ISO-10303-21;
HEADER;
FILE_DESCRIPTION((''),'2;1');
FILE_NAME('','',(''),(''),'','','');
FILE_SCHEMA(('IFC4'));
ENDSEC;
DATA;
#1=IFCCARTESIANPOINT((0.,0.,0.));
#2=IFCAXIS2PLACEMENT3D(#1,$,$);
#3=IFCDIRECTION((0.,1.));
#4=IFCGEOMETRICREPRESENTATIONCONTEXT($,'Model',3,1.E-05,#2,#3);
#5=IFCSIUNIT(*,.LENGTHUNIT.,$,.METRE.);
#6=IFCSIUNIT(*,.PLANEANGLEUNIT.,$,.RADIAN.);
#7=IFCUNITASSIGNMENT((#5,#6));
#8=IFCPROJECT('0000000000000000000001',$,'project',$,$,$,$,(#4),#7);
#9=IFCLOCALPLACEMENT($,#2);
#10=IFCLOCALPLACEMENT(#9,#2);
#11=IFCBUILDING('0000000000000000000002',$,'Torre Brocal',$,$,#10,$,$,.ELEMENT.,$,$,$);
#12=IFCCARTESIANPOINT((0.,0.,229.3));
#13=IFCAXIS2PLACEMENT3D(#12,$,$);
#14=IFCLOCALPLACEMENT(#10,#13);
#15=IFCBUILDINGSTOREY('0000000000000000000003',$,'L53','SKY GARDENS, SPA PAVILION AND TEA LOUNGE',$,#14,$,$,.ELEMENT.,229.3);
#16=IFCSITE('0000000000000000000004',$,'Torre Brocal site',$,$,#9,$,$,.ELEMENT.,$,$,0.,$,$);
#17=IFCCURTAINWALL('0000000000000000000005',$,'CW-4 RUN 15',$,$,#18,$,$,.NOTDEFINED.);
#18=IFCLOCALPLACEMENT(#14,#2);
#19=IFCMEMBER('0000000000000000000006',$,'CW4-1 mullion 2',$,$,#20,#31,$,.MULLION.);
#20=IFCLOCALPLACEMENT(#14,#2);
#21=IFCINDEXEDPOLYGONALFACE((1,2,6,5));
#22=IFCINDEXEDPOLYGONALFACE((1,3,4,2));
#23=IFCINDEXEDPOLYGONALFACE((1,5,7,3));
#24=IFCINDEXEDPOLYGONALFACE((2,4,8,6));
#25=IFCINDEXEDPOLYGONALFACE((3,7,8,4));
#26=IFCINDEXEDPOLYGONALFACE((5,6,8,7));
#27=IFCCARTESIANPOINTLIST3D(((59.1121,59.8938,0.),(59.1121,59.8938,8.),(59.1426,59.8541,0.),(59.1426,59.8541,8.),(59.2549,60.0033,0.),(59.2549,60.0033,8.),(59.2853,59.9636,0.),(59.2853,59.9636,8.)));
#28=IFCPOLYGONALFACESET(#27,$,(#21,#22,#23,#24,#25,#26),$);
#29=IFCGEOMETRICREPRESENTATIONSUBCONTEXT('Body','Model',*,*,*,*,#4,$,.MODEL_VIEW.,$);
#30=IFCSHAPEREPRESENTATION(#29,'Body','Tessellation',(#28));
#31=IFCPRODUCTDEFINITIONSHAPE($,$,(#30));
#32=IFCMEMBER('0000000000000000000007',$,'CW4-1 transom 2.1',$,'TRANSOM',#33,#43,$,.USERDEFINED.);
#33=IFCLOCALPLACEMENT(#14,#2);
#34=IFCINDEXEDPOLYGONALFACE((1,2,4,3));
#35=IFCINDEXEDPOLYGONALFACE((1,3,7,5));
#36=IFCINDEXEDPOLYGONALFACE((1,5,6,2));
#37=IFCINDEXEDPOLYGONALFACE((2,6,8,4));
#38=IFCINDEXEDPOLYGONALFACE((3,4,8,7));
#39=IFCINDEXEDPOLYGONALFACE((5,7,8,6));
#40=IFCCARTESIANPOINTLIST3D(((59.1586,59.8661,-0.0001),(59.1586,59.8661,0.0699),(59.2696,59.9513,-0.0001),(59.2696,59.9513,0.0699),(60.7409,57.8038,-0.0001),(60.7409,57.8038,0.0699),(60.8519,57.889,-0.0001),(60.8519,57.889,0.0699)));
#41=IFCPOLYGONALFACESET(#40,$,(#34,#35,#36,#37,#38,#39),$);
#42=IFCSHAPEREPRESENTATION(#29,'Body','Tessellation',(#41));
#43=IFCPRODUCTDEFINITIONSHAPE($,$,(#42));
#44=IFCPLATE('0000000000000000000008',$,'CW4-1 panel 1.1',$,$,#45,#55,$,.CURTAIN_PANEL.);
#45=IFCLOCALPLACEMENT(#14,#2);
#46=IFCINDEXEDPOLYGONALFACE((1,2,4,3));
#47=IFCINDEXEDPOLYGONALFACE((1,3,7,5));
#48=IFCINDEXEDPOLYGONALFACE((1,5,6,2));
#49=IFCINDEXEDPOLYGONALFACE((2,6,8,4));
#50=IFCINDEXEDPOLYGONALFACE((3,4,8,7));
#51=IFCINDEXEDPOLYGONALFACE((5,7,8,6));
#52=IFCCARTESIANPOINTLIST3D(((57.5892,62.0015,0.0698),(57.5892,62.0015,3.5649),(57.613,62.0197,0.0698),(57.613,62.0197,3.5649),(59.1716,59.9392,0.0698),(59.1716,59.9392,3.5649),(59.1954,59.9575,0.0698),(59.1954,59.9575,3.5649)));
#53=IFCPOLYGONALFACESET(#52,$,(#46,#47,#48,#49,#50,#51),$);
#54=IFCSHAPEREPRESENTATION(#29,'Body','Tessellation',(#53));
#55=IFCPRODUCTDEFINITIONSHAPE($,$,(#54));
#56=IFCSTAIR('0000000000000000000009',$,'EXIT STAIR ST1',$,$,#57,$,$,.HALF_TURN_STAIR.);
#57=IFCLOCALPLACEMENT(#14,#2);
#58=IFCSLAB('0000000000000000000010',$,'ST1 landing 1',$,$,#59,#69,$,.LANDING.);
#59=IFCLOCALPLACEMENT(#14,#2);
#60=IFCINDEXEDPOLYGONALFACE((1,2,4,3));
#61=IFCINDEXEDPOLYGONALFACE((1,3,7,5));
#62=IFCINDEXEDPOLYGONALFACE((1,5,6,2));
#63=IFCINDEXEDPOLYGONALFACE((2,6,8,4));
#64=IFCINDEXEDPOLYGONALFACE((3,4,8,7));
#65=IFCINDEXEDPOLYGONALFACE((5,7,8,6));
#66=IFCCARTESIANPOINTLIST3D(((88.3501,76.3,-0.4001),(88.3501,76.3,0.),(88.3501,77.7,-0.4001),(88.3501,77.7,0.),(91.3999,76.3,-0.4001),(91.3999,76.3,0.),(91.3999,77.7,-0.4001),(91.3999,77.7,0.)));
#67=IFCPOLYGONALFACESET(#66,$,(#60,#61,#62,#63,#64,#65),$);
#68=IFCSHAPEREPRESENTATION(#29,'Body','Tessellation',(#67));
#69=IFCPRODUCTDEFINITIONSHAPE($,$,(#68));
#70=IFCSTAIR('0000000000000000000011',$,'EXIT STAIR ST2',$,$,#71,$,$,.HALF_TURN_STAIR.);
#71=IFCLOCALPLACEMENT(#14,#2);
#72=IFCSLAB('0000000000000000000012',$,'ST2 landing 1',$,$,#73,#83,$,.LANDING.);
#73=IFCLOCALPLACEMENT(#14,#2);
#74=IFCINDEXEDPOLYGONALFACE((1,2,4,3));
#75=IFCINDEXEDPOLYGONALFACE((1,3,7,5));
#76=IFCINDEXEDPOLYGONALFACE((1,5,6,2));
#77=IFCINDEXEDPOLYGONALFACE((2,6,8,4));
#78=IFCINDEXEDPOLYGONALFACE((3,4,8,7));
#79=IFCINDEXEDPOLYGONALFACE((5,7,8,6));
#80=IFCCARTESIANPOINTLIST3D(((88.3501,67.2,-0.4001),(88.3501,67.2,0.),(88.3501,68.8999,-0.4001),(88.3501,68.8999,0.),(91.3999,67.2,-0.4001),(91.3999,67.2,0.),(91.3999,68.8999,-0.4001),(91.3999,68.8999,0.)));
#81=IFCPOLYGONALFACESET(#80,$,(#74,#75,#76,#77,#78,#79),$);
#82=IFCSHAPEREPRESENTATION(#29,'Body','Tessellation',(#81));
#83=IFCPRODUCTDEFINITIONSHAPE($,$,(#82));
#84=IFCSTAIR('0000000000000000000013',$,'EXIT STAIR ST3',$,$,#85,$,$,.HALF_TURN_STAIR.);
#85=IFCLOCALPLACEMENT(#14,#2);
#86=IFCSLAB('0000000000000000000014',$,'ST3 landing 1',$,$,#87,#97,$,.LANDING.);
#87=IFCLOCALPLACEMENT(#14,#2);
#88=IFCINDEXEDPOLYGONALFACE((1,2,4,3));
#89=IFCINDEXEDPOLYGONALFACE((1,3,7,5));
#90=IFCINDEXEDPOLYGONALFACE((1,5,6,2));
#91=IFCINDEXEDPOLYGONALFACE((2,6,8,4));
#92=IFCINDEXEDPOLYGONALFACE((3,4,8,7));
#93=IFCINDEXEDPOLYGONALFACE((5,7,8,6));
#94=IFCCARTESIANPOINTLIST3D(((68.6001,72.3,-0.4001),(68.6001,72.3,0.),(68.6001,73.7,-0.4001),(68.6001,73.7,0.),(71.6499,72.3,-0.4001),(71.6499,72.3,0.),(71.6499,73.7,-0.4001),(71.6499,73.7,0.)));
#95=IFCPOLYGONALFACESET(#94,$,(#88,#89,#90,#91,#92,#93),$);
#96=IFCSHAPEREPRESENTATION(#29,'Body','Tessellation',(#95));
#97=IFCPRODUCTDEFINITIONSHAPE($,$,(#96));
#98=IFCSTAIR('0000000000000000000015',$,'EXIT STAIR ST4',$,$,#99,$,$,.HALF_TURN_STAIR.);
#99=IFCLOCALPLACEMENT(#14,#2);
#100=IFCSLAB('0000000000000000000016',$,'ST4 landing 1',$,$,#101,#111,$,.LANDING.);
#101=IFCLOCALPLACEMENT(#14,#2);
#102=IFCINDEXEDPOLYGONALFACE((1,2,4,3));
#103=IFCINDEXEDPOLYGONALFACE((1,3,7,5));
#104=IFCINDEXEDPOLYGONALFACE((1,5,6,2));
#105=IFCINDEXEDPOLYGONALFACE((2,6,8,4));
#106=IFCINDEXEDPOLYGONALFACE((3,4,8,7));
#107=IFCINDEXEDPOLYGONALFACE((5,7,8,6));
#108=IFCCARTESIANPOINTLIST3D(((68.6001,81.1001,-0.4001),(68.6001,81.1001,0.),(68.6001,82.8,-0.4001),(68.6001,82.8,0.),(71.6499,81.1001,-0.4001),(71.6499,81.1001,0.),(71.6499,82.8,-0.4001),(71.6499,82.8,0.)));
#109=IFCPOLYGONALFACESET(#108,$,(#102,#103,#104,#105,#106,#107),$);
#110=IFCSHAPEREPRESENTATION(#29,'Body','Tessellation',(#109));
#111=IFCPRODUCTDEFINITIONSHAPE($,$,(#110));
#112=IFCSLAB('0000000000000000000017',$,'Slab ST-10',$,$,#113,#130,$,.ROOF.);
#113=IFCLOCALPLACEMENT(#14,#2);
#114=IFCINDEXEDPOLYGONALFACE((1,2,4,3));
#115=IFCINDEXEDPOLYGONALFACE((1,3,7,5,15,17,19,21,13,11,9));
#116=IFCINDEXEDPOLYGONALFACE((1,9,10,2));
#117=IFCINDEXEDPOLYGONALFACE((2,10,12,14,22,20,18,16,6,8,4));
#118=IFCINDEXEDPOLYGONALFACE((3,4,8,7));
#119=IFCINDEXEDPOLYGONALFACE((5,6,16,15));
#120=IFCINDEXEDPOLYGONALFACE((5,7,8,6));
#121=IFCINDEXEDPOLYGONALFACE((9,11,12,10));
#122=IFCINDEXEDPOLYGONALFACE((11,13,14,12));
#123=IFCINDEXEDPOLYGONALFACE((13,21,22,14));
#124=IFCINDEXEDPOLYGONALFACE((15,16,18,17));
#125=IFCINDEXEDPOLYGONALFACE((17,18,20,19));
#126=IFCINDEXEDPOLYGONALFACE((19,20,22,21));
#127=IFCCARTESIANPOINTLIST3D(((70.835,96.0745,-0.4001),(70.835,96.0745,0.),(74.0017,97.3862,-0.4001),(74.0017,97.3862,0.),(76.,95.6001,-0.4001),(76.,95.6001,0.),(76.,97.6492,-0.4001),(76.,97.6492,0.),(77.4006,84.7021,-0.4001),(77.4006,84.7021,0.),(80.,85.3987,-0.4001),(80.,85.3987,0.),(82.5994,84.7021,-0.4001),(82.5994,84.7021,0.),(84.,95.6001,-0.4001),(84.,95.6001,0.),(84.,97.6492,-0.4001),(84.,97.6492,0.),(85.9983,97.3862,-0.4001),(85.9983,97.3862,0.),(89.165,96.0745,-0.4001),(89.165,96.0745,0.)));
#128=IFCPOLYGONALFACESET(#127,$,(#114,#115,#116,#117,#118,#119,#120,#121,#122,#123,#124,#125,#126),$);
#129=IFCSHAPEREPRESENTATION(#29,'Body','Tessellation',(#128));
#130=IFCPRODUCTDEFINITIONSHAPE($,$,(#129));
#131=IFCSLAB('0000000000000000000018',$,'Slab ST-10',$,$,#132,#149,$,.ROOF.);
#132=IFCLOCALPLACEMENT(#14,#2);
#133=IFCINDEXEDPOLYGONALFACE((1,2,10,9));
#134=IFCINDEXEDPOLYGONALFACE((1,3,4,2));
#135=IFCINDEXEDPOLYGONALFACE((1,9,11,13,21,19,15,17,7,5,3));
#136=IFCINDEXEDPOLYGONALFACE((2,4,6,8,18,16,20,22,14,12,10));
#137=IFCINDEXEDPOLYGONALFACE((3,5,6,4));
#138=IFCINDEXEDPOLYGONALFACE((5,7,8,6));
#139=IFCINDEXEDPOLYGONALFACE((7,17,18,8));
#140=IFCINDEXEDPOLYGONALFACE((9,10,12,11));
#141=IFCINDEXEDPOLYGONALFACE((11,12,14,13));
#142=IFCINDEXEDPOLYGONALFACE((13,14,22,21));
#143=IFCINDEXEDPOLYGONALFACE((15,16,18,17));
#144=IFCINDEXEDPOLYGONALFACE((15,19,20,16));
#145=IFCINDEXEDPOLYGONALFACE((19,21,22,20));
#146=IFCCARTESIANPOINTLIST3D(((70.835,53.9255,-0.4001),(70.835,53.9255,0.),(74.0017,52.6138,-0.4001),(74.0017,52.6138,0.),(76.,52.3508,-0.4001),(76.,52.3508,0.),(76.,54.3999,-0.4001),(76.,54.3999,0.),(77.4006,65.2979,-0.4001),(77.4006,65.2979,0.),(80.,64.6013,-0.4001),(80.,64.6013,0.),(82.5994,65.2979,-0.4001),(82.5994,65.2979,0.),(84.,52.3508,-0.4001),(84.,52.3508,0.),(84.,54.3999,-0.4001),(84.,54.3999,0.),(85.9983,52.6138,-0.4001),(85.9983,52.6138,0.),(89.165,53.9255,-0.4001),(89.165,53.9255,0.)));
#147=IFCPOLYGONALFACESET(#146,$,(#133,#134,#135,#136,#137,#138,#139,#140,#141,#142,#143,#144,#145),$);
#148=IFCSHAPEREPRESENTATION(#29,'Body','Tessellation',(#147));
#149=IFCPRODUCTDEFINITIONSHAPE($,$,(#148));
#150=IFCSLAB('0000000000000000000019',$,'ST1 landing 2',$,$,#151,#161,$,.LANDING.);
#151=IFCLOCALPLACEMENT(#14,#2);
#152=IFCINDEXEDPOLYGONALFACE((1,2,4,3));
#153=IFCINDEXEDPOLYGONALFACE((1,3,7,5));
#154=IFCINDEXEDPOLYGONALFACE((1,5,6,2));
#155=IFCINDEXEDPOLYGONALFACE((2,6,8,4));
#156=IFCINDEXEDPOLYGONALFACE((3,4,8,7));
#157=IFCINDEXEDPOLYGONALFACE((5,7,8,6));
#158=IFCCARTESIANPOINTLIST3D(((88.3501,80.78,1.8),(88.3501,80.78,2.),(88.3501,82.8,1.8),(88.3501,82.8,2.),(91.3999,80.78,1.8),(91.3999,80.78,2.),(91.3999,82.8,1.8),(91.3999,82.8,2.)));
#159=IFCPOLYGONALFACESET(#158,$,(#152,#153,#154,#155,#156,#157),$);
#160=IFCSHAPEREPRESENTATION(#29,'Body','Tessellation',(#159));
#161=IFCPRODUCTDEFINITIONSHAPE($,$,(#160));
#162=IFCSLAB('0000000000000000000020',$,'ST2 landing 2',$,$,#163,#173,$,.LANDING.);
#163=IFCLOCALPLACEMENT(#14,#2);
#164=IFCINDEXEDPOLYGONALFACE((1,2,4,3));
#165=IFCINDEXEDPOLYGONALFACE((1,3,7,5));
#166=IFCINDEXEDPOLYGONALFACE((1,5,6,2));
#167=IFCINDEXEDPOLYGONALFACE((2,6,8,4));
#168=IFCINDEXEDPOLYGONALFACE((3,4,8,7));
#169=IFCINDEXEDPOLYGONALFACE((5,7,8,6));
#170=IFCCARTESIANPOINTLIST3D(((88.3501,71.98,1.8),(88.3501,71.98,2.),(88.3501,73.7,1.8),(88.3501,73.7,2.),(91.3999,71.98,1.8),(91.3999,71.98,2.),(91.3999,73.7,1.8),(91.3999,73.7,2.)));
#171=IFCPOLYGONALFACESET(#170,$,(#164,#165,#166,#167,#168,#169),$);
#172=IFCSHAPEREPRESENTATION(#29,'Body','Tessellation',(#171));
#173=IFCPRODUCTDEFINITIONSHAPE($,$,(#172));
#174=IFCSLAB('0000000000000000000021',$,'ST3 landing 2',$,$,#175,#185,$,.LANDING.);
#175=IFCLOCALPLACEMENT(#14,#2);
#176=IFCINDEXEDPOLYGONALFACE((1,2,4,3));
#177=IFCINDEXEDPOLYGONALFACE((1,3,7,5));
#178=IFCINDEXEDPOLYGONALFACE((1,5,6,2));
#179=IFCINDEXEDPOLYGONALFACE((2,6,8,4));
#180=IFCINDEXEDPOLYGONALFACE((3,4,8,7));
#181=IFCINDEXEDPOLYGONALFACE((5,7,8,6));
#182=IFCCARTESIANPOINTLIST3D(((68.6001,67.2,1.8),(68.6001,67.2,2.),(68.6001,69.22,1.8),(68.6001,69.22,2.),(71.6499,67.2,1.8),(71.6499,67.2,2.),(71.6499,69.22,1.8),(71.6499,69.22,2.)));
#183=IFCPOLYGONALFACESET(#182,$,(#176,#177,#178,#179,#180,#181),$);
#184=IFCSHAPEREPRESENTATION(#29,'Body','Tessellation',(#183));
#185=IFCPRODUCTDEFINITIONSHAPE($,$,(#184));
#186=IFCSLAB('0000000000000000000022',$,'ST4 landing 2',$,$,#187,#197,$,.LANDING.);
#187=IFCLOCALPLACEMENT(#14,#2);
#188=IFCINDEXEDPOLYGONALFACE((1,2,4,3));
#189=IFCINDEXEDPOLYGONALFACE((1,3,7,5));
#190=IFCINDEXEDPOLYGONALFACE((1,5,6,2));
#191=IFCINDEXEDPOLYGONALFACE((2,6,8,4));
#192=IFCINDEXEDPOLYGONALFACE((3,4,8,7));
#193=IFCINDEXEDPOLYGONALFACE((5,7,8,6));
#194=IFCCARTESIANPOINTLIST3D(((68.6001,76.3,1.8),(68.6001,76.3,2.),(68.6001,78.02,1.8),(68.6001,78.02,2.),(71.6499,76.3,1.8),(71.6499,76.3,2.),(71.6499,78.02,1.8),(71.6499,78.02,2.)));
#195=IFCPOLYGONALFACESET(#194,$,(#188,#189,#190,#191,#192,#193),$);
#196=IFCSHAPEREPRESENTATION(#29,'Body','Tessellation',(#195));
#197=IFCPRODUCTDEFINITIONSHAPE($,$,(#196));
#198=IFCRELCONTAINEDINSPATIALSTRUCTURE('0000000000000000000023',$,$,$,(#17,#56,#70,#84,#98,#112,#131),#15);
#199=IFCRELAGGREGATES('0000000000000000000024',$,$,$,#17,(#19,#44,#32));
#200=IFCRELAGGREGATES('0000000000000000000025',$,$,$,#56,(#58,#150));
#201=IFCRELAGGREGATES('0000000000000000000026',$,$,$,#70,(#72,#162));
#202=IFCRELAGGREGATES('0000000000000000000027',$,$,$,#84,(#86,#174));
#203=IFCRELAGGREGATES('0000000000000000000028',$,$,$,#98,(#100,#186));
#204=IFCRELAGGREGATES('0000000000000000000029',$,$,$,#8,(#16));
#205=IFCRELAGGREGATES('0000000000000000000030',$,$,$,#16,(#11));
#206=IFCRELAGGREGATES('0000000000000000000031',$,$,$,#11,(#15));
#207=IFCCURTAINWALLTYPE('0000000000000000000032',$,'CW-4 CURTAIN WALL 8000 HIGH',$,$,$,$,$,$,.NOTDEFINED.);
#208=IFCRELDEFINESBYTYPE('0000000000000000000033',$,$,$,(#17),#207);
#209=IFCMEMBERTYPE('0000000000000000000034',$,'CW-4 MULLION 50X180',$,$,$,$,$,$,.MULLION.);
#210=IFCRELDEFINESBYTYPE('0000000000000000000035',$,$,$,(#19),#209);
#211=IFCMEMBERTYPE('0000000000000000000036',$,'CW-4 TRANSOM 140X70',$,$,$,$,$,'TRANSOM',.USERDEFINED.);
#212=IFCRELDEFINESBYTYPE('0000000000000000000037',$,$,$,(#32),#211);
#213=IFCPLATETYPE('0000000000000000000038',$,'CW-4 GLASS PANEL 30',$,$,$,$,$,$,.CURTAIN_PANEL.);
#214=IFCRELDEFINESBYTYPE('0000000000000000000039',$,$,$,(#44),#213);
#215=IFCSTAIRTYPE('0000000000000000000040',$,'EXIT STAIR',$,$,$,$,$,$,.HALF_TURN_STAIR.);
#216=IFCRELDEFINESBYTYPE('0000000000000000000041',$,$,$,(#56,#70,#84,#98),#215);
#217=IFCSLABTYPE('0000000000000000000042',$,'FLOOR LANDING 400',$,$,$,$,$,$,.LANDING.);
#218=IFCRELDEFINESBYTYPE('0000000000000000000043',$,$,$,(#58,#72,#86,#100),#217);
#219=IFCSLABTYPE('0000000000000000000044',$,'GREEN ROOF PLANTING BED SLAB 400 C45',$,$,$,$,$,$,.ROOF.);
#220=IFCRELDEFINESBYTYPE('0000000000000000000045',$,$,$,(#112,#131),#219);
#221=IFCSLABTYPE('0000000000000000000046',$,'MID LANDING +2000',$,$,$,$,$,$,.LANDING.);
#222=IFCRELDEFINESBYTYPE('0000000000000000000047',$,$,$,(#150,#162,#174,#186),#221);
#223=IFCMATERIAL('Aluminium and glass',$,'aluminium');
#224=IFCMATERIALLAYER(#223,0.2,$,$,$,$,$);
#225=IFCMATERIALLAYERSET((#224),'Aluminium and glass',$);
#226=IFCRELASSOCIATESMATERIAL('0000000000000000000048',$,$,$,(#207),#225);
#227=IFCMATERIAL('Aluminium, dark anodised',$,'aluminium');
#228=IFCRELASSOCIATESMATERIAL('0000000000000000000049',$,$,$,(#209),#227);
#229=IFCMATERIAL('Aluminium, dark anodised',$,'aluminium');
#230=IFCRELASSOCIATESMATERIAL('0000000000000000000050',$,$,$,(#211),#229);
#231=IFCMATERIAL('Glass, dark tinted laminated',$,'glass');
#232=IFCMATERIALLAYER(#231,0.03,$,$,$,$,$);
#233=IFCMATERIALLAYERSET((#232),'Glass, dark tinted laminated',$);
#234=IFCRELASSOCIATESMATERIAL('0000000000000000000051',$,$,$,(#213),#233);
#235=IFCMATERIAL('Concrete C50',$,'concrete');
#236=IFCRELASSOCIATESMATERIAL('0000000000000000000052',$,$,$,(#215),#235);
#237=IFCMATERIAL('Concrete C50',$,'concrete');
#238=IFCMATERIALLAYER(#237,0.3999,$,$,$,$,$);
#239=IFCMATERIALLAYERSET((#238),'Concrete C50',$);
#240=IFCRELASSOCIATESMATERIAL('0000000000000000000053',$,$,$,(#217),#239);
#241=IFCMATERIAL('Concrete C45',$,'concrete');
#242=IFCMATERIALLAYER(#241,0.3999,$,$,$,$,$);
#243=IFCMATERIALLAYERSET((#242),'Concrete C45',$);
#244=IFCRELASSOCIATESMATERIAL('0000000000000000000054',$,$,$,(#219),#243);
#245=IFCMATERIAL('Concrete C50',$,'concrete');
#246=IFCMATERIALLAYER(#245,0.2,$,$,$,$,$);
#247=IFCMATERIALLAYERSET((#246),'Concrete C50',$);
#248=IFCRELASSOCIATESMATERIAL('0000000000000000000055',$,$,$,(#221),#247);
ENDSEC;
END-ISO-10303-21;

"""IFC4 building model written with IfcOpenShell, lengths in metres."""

from ifc_helpers import new_model, si_unit, direction, frame, origin, origin_2d, place, context, subcontext, project, spatial, polyline, rectangle, outline, extrude, material, layer, layer_set, material_profile, profile_set, type_object, element, aggregate, save


model = new_model("IFC4")

# Units and contexts
model_context = context("Model", 3, precision=1e-05, world=origin(), true_north=direction((0.0, 1.0)))
body_context = subcontext(model_context, "Body", "Model", "MODEL_VIEW")
ifc_project = project(units=[si_unit("LENGTHUNIT", "METRE"), si_unit("PLANEANGLEUNIT", "RADIAN")], contexts=[model_context])

# Site, building, storey
site_placement = place(None, origin())
site = spatial("IfcSite", under=ifc_project, at=site_placement, Name="Torre Brocal site", CompositionType="ELEMENT", RefElevation=0.0)
building_placement = place(site_placement, origin())
building = spatial("IfcBuilding", under=site, at=building_placement, Name="Torre Brocal", CompositionType="ELEMENT")
storey_placement = place(building_placement, frame((0.0, 0.0, 229.3)))
storey = spatial("IfcBuildingStorey", under=building, at=storey_placement, Name="L53", Description="SKY GARDENS, SPA PAVILION AND TEA LOUNGE", CompositionType="ELEMENT", Elevation=229.3)

# Curtain wall, members, plate
ifc_material_1 = material(Name="Aluminium and glass", Category="aluminium")
ifc_layer_1 = layer(ifc_material_1, 0.2)
ifc_layer_set_1 = layer_set([ifc_layer_1], Name="Aluminium and glass")
curtain_wall_type = type_object("IfcCurtainWallType", Name="CW-4 CURTAIN WALL 8000 HIGH", PredefinedType="NOTDEFINED", material=ifc_layer_set_1)
curtain_wall_placement = place(storey_placement, origin())
curtain_wall = element("IfcCurtainWall", 1, at=curtain_wall_placement, inside=storey, type_object=curtain_wall_type, Name="CW-4 RUN 15", PredefinedType="NOTDEFINED")
ifc_material_2 = material(Name="Aluminium, dark anodised", Category="aluminium")
ifc_material_profile_1 = material_profile(ifc_material_2, rectangle(XDim=0.1799, YDim=0.05, at=origin_2d()), Name="CW-4 MULLION 50X180")
ifc_profile_set_1 = profile_set([ifc_material_profile_1], Name="Aluminium, dark anodised")
member_type_1 = type_object("IfcMemberType", Name="CW-4 MULLION 50X180", PredefinedType="MULLION", material=ifc_profile_set_1)
member_1_placement = place(storey_placement, frame((59.1987, 59.9287, 0.0), z_axis=(0.0, 0.0, 1.0), x_axis=(0.793353, 0.608761, 0.0)))
member_1 = element("IfcMember", 2, at=member_1_placement, type_object=member_type_1, Name="CW4-1 mullion 2", PredefinedType="MULLION", context=body_context, shape_type="SweptSolid", body=[
    extrude(rectangle(XDim=0.1799, YDim=0.05, at=origin_2d()), origin(), (0.0, 0.0, 1.0), 8.0),
])
ifc_material_3 = material(Name="Aluminium, dark anodised", Category="aluminium")
ifc_material_profile_2 = material_profile(ifc_material_3, rectangle(XDim=0.1399, YDim=0.0701, at=origin_2d()), Name="CW-4 TRANSOM 140X70")
ifc_profile_set_2 = profile_set([ifc_material_profile_2], Name="Aluminium, dark anodised")
member_type_2 = type_object("IfcMemberType", Name="CW-4 TRANSOM 140X70", ElementType="TRANSOM", PredefinedType="USERDEFINED", material=ifc_profile_set_2)
member_2_placement = place(storey_placement, frame((59.2141, 59.9087, 0.0349), z_axis=(0.608725, -0.793381, 0.0), x_axis=(0.793381, 0.608725, 0.0)))
member_2 = element("IfcMember", 3, at=member_2_placement, type_object=member_type_2, Name="CW4-1 transom 2.1", ObjectType="TRANSOM", PredefinedType="USERDEFINED", context=body_context, shape_type="SweptSolid", body=[
    extrude(rectangle(XDim=0.1399, YDim=0.0701, at=origin_2d()), origin(), (0.0, 0.0, 1.0), 2.5994),
])
ifc_material_4 = material(Name="Glass, dark tinted laminated", Category="glass")
ifc_layer_2 = layer(ifc_material_4, 0.03)
ifc_layer_set_2 = layer_set([ifc_layer_2], Name="Glass, dark tinted laminated")
plate_type = type_object("IfcPlateType", Name="CW-4 GLASS PANEL 30", PredefinedType="CURTAIN_PANEL", material=ifc_layer_set_2)
plate_placement = place(storey_placement, frame((58.3923, 60.9795, 0.0698), z_axis=(0.0, 0.0, 1.0), x_axis=(0.608761, -0.793353, 0.0)))
plate = element("IfcPlate", 4, at=plate_placement, type_object=plate_type, Name="CW4-1 panel 1.1", PredefinedType="CURTAIN_PANEL", context=body_context, shape_type="SweptSolid", body=[
    extrude(rectangle(XDim=2.5994, YDim=0.03, at=origin_2d()), origin(), (0.0, 0.0, 1.0), 3.4951),
])
aggregate(curtain_wall, [member_1, plate, member_2])

# Stairs, slabs
ifc_material_5 = material(Name="Concrete C50", Category="concrete")
stair_type = type_object("IfcStairType", Name="EXIT STAIR", PredefinedType="HALF_TURN_STAIR", material=ifc_material_5)
stair_1_placement = place(storey_placement, origin())
stair_1 = element("IfcStair", 5, at=stair_1_placement, inside=storey, type_object=stair_type, Name="EXIT STAIR ST1", PredefinedType="HALF_TURN_STAIR")
ifc_material_6 = material(Name="Concrete C50", Category="concrete")
ifc_layer_3 = layer(ifc_material_6, 0.3999)
ifc_layer_set_3 = layer_set([ifc_layer_3], Name="Concrete C50")
slab_type_1 = type_object("IfcSlabType", Name="FLOOR LANDING 400", PredefinedType="LANDING", material=ifc_layer_set_3)
slab_1_placement = place(storey_placement, frame((0.0, 0.0, -0.4001)))
slab_1 = element("IfcSlab", 6, at=slab_1_placement, type_object=slab_type_1, Name="ST1 landing 1", PredefinedType="LANDING", context=body_context, shape_type="SweptSolid", body=[
    extrude(outline(polyline([(88.3501, 76.3), (91.3999, 76.3), (91.3999, 77.7), (88.3501, 77.7), (88.3501, 76.3)])), origin(), (0.0, 0.0, 1.0), 0.4001),
])
stair_2_placement = place(storey_placement, origin())
stair_2 = element("IfcStair", 7, at=stair_2_placement, inside=storey, type_object=stair_type, Name="EXIT STAIR ST2", PredefinedType="HALF_TURN_STAIR")
slab_2_placement = place(storey_placement, frame((0.0, 0.0, -0.4001)))
slab_2 = element("IfcSlab", 8, at=slab_2_placement, type_object=slab_type_1, Name="ST2 landing 1", PredefinedType="LANDING", context=body_context, shape_type="SweptSolid", body=[
    extrude(outline(polyline([(88.3501, 67.2), (91.3999, 67.2), (91.3999, 68.8999), (88.3501, 68.8999), (88.3501, 67.2)])), origin(), (0.0, 0.0, 1.0), 0.4001),
])
stair_3_placement = place(storey_placement, origin())
stair_3 = element("IfcStair", 9, at=stair_3_placement, inside=storey, type_object=stair_type, Name="EXIT STAIR ST3", PredefinedType="HALF_TURN_STAIR")
slab_3_placement = place(storey_placement, frame((0.0, 0.0, -0.4001)))
slab_3 = element("IfcSlab", 10, at=slab_3_placement, type_object=slab_type_1, Name="ST3 landing 1", PredefinedType="LANDING", context=body_context, shape_type="SweptSolid", body=[
    extrude(outline(polyline([(71.6499, 73.7), (68.6001, 73.7), (68.6001, 72.3), (71.6499, 72.3), (71.6499, 73.7)])), origin(), (0.0, 0.0, 1.0), 0.4001),
])
stair_4_placement = place(storey_placement, origin())
stair_4 = element("IfcStair", 11, at=stair_4_placement, inside=storey, type_object=stair_type, Name="EXIT STAIR ST4", PredefinedType="HALF_TURN_STAIR")
slab_4_placement = place(storey_placement, frame((0.0, 0.0, -0.4001)))
slab_4 = element("IfcSlab", 12, at=slab_4_placement, type_object=slab_type_1, Name="ST4 landing 1", PredefinedType="LANDING", context=body_context, shape_type="SweptSolid", body=[
    extrude(outline(polyline([(71.6499, 82.8), (68.6001, 82.8), (68.6001, 81.1001), (71.6499, 81.1001), (71.6499, 82.8)])), origin(), (0.0, 0.0, 1.0), 0.4001),
])

# Slabs
ifc_material_7 = material(Name="Concrete C45", Category="concrete")
ifc_layer_4 = layer(ifc_material_7, 0.3999)
ifc_layer_set_4 = layer_set([ifc_layer_4], Name="Concrete C45")
slab_type_2 = type_object("IfcSlabType", Name="GREEN ROOF PLANTING BED SLAB 400 C45", PredefinedType="ROOF", material=ifc_layer_set_4)
slab_5_placement = place(storey_placement, frame((0.0, 0.0, -0.4001)))
element("IfcSlab", 13, at=slab_5_placement, inside=storey, type_object=slab_type_2, Name="Slab ST-10", PredefinedType="ROOF", context=body_context, shape_type="SweptSolid", body=[
    extrude(outline(polyline([(76.0, 97.6492), (76.0, 95.6001), (84.0, 95.6001), (84.0, 97.6492), (85.9983, 97.3862), (89.165, 96.0745), (82.5994, 84.7021), (80.0, 85.3987), (77.4006, 84.7021), (70.835, 96.0745), (74.0017, 97.3862), (76.0, 97.6492)])), origin(), (0.0, 0.0, 1.0), 0.4001),
])
slab_6_placement = place(storey_placement, frame((0.0, 0.0, -0.4001)))
element("IfcSlab", 14, at=slab_6_placement, inside=storey, type_object=slab_type_2, Name="Slab ST-10", PredefinedType="ROOF", context=body_context, shape_type="SweptSolid", body=[
    extrude(outline(polyline([(74.0017, 52.6138), (70.835, 53.9255), (77.4006, 65.2979), (80.0, 64.6013), (82.5994, 65.2979), (89.165, 53.9255), (85.9983, 52.6138), (84.0, 52.3508), (84.0, 54.3999), (76.0, 54.3999), (76.0, 52.3508), (74.0017, 52.6138)])), origin(), (0.0, 0.0, 1.0), 0.4001),
])

# Slabs
ifc_material_8 = material(Name="Concrete C50", Category="concrete")
ifc_layer_5 = layer(ifc_material_8, 0.2)
ifc_layer_set_5 = layer_set([ifc_layer_5], Name="Concrete C50")
slab_type_3 = type_object("IfcSlabType", Name="MID LANDING +2000", PredefinedType="LANDING", material=ifc_layer_set_5)
slab_7_placement = place(storey_placement, frame((0.0, 0.0, 1.8)))
slab_7 = element("IfcSlab", 15, at=slab_7_placement, type_object=slab_type_3, Name="ST1 landing 2", PredefinedType="LANDING", context=body_context, shape_type="SweptSolid", body=[
    extrude(outline(polyline([(88.3501, 80.78), (91.3999, 80.78), (91.3999, 82.8), (88.3501, 82.8), (88.3501, 80.78)])), origin(), (0.0, 0.0, 1.0), 0.2),
])
slab_8_placement = place(storey_placement, frame((0.0, 0.0, 1.8)))
slab_8 = element("IfcSlab", 16, at=slab_8_placement, type_object=slab_type_3, Name="ST2 landing 2", PredefinedType="LANDING", context=body_context, shape_type="SweptSolid", body=[
    extrude(outline(polyline([(88.3501, 71.98), (91.3999, 71.98), (91.3999, 73.7), (88.3501, 73.7), (88.3501, 71.98)])), origin(), (0.0, 0.0, 1.0), 0.2),
])
slab_9_placement = place(storey_placement, frame((0.0, 0.0, 1.8)))
slab_9 = element("IfcSlab", 17, at=slab_9_placement, type_object=slab_type_3, Name="ST3 landing 2", PredefinedType="LANDING", context=body_context, shape_type="SweptSolid", body=[
    extrude(outline(polyline([(71.6499, 69.22), (68.6001, 69.22), (68.6001, 67.2), (71.6499, 67.2), (71.6499, 69.22)])), origin(), (0.0, 0.0, 1.0), 0.2),
])
slab_10_placement = place(storey_placement, frame((0.0, 0.0, 1.8)))
slab_10 = element("IfcSlab", 18, at=slab_10_placement, type_object=slab_type_3, Name="ST4 landing 2", PredefinedType="LANDING", context=body_context, shape_type="SweptSolid", body=[
    extrude(outline(polyline([(71.6499, 78.02), (68.6001, 78.02), (68.6001, 76.3), (71.6499, 76.3), (71.6499, 78.02)])), origin(), (0.0, 0.0, 1.0), 0.2),
])
aggregate(stair_1, [slab_1, slab_7])
aggregate(stair_2, [slab_2, slab_8])
aggregate(stair_3, [slab_3, slab_9])
aggregate(stair_4, [slab_4, slab_10])

save(model, "model.ifc")
